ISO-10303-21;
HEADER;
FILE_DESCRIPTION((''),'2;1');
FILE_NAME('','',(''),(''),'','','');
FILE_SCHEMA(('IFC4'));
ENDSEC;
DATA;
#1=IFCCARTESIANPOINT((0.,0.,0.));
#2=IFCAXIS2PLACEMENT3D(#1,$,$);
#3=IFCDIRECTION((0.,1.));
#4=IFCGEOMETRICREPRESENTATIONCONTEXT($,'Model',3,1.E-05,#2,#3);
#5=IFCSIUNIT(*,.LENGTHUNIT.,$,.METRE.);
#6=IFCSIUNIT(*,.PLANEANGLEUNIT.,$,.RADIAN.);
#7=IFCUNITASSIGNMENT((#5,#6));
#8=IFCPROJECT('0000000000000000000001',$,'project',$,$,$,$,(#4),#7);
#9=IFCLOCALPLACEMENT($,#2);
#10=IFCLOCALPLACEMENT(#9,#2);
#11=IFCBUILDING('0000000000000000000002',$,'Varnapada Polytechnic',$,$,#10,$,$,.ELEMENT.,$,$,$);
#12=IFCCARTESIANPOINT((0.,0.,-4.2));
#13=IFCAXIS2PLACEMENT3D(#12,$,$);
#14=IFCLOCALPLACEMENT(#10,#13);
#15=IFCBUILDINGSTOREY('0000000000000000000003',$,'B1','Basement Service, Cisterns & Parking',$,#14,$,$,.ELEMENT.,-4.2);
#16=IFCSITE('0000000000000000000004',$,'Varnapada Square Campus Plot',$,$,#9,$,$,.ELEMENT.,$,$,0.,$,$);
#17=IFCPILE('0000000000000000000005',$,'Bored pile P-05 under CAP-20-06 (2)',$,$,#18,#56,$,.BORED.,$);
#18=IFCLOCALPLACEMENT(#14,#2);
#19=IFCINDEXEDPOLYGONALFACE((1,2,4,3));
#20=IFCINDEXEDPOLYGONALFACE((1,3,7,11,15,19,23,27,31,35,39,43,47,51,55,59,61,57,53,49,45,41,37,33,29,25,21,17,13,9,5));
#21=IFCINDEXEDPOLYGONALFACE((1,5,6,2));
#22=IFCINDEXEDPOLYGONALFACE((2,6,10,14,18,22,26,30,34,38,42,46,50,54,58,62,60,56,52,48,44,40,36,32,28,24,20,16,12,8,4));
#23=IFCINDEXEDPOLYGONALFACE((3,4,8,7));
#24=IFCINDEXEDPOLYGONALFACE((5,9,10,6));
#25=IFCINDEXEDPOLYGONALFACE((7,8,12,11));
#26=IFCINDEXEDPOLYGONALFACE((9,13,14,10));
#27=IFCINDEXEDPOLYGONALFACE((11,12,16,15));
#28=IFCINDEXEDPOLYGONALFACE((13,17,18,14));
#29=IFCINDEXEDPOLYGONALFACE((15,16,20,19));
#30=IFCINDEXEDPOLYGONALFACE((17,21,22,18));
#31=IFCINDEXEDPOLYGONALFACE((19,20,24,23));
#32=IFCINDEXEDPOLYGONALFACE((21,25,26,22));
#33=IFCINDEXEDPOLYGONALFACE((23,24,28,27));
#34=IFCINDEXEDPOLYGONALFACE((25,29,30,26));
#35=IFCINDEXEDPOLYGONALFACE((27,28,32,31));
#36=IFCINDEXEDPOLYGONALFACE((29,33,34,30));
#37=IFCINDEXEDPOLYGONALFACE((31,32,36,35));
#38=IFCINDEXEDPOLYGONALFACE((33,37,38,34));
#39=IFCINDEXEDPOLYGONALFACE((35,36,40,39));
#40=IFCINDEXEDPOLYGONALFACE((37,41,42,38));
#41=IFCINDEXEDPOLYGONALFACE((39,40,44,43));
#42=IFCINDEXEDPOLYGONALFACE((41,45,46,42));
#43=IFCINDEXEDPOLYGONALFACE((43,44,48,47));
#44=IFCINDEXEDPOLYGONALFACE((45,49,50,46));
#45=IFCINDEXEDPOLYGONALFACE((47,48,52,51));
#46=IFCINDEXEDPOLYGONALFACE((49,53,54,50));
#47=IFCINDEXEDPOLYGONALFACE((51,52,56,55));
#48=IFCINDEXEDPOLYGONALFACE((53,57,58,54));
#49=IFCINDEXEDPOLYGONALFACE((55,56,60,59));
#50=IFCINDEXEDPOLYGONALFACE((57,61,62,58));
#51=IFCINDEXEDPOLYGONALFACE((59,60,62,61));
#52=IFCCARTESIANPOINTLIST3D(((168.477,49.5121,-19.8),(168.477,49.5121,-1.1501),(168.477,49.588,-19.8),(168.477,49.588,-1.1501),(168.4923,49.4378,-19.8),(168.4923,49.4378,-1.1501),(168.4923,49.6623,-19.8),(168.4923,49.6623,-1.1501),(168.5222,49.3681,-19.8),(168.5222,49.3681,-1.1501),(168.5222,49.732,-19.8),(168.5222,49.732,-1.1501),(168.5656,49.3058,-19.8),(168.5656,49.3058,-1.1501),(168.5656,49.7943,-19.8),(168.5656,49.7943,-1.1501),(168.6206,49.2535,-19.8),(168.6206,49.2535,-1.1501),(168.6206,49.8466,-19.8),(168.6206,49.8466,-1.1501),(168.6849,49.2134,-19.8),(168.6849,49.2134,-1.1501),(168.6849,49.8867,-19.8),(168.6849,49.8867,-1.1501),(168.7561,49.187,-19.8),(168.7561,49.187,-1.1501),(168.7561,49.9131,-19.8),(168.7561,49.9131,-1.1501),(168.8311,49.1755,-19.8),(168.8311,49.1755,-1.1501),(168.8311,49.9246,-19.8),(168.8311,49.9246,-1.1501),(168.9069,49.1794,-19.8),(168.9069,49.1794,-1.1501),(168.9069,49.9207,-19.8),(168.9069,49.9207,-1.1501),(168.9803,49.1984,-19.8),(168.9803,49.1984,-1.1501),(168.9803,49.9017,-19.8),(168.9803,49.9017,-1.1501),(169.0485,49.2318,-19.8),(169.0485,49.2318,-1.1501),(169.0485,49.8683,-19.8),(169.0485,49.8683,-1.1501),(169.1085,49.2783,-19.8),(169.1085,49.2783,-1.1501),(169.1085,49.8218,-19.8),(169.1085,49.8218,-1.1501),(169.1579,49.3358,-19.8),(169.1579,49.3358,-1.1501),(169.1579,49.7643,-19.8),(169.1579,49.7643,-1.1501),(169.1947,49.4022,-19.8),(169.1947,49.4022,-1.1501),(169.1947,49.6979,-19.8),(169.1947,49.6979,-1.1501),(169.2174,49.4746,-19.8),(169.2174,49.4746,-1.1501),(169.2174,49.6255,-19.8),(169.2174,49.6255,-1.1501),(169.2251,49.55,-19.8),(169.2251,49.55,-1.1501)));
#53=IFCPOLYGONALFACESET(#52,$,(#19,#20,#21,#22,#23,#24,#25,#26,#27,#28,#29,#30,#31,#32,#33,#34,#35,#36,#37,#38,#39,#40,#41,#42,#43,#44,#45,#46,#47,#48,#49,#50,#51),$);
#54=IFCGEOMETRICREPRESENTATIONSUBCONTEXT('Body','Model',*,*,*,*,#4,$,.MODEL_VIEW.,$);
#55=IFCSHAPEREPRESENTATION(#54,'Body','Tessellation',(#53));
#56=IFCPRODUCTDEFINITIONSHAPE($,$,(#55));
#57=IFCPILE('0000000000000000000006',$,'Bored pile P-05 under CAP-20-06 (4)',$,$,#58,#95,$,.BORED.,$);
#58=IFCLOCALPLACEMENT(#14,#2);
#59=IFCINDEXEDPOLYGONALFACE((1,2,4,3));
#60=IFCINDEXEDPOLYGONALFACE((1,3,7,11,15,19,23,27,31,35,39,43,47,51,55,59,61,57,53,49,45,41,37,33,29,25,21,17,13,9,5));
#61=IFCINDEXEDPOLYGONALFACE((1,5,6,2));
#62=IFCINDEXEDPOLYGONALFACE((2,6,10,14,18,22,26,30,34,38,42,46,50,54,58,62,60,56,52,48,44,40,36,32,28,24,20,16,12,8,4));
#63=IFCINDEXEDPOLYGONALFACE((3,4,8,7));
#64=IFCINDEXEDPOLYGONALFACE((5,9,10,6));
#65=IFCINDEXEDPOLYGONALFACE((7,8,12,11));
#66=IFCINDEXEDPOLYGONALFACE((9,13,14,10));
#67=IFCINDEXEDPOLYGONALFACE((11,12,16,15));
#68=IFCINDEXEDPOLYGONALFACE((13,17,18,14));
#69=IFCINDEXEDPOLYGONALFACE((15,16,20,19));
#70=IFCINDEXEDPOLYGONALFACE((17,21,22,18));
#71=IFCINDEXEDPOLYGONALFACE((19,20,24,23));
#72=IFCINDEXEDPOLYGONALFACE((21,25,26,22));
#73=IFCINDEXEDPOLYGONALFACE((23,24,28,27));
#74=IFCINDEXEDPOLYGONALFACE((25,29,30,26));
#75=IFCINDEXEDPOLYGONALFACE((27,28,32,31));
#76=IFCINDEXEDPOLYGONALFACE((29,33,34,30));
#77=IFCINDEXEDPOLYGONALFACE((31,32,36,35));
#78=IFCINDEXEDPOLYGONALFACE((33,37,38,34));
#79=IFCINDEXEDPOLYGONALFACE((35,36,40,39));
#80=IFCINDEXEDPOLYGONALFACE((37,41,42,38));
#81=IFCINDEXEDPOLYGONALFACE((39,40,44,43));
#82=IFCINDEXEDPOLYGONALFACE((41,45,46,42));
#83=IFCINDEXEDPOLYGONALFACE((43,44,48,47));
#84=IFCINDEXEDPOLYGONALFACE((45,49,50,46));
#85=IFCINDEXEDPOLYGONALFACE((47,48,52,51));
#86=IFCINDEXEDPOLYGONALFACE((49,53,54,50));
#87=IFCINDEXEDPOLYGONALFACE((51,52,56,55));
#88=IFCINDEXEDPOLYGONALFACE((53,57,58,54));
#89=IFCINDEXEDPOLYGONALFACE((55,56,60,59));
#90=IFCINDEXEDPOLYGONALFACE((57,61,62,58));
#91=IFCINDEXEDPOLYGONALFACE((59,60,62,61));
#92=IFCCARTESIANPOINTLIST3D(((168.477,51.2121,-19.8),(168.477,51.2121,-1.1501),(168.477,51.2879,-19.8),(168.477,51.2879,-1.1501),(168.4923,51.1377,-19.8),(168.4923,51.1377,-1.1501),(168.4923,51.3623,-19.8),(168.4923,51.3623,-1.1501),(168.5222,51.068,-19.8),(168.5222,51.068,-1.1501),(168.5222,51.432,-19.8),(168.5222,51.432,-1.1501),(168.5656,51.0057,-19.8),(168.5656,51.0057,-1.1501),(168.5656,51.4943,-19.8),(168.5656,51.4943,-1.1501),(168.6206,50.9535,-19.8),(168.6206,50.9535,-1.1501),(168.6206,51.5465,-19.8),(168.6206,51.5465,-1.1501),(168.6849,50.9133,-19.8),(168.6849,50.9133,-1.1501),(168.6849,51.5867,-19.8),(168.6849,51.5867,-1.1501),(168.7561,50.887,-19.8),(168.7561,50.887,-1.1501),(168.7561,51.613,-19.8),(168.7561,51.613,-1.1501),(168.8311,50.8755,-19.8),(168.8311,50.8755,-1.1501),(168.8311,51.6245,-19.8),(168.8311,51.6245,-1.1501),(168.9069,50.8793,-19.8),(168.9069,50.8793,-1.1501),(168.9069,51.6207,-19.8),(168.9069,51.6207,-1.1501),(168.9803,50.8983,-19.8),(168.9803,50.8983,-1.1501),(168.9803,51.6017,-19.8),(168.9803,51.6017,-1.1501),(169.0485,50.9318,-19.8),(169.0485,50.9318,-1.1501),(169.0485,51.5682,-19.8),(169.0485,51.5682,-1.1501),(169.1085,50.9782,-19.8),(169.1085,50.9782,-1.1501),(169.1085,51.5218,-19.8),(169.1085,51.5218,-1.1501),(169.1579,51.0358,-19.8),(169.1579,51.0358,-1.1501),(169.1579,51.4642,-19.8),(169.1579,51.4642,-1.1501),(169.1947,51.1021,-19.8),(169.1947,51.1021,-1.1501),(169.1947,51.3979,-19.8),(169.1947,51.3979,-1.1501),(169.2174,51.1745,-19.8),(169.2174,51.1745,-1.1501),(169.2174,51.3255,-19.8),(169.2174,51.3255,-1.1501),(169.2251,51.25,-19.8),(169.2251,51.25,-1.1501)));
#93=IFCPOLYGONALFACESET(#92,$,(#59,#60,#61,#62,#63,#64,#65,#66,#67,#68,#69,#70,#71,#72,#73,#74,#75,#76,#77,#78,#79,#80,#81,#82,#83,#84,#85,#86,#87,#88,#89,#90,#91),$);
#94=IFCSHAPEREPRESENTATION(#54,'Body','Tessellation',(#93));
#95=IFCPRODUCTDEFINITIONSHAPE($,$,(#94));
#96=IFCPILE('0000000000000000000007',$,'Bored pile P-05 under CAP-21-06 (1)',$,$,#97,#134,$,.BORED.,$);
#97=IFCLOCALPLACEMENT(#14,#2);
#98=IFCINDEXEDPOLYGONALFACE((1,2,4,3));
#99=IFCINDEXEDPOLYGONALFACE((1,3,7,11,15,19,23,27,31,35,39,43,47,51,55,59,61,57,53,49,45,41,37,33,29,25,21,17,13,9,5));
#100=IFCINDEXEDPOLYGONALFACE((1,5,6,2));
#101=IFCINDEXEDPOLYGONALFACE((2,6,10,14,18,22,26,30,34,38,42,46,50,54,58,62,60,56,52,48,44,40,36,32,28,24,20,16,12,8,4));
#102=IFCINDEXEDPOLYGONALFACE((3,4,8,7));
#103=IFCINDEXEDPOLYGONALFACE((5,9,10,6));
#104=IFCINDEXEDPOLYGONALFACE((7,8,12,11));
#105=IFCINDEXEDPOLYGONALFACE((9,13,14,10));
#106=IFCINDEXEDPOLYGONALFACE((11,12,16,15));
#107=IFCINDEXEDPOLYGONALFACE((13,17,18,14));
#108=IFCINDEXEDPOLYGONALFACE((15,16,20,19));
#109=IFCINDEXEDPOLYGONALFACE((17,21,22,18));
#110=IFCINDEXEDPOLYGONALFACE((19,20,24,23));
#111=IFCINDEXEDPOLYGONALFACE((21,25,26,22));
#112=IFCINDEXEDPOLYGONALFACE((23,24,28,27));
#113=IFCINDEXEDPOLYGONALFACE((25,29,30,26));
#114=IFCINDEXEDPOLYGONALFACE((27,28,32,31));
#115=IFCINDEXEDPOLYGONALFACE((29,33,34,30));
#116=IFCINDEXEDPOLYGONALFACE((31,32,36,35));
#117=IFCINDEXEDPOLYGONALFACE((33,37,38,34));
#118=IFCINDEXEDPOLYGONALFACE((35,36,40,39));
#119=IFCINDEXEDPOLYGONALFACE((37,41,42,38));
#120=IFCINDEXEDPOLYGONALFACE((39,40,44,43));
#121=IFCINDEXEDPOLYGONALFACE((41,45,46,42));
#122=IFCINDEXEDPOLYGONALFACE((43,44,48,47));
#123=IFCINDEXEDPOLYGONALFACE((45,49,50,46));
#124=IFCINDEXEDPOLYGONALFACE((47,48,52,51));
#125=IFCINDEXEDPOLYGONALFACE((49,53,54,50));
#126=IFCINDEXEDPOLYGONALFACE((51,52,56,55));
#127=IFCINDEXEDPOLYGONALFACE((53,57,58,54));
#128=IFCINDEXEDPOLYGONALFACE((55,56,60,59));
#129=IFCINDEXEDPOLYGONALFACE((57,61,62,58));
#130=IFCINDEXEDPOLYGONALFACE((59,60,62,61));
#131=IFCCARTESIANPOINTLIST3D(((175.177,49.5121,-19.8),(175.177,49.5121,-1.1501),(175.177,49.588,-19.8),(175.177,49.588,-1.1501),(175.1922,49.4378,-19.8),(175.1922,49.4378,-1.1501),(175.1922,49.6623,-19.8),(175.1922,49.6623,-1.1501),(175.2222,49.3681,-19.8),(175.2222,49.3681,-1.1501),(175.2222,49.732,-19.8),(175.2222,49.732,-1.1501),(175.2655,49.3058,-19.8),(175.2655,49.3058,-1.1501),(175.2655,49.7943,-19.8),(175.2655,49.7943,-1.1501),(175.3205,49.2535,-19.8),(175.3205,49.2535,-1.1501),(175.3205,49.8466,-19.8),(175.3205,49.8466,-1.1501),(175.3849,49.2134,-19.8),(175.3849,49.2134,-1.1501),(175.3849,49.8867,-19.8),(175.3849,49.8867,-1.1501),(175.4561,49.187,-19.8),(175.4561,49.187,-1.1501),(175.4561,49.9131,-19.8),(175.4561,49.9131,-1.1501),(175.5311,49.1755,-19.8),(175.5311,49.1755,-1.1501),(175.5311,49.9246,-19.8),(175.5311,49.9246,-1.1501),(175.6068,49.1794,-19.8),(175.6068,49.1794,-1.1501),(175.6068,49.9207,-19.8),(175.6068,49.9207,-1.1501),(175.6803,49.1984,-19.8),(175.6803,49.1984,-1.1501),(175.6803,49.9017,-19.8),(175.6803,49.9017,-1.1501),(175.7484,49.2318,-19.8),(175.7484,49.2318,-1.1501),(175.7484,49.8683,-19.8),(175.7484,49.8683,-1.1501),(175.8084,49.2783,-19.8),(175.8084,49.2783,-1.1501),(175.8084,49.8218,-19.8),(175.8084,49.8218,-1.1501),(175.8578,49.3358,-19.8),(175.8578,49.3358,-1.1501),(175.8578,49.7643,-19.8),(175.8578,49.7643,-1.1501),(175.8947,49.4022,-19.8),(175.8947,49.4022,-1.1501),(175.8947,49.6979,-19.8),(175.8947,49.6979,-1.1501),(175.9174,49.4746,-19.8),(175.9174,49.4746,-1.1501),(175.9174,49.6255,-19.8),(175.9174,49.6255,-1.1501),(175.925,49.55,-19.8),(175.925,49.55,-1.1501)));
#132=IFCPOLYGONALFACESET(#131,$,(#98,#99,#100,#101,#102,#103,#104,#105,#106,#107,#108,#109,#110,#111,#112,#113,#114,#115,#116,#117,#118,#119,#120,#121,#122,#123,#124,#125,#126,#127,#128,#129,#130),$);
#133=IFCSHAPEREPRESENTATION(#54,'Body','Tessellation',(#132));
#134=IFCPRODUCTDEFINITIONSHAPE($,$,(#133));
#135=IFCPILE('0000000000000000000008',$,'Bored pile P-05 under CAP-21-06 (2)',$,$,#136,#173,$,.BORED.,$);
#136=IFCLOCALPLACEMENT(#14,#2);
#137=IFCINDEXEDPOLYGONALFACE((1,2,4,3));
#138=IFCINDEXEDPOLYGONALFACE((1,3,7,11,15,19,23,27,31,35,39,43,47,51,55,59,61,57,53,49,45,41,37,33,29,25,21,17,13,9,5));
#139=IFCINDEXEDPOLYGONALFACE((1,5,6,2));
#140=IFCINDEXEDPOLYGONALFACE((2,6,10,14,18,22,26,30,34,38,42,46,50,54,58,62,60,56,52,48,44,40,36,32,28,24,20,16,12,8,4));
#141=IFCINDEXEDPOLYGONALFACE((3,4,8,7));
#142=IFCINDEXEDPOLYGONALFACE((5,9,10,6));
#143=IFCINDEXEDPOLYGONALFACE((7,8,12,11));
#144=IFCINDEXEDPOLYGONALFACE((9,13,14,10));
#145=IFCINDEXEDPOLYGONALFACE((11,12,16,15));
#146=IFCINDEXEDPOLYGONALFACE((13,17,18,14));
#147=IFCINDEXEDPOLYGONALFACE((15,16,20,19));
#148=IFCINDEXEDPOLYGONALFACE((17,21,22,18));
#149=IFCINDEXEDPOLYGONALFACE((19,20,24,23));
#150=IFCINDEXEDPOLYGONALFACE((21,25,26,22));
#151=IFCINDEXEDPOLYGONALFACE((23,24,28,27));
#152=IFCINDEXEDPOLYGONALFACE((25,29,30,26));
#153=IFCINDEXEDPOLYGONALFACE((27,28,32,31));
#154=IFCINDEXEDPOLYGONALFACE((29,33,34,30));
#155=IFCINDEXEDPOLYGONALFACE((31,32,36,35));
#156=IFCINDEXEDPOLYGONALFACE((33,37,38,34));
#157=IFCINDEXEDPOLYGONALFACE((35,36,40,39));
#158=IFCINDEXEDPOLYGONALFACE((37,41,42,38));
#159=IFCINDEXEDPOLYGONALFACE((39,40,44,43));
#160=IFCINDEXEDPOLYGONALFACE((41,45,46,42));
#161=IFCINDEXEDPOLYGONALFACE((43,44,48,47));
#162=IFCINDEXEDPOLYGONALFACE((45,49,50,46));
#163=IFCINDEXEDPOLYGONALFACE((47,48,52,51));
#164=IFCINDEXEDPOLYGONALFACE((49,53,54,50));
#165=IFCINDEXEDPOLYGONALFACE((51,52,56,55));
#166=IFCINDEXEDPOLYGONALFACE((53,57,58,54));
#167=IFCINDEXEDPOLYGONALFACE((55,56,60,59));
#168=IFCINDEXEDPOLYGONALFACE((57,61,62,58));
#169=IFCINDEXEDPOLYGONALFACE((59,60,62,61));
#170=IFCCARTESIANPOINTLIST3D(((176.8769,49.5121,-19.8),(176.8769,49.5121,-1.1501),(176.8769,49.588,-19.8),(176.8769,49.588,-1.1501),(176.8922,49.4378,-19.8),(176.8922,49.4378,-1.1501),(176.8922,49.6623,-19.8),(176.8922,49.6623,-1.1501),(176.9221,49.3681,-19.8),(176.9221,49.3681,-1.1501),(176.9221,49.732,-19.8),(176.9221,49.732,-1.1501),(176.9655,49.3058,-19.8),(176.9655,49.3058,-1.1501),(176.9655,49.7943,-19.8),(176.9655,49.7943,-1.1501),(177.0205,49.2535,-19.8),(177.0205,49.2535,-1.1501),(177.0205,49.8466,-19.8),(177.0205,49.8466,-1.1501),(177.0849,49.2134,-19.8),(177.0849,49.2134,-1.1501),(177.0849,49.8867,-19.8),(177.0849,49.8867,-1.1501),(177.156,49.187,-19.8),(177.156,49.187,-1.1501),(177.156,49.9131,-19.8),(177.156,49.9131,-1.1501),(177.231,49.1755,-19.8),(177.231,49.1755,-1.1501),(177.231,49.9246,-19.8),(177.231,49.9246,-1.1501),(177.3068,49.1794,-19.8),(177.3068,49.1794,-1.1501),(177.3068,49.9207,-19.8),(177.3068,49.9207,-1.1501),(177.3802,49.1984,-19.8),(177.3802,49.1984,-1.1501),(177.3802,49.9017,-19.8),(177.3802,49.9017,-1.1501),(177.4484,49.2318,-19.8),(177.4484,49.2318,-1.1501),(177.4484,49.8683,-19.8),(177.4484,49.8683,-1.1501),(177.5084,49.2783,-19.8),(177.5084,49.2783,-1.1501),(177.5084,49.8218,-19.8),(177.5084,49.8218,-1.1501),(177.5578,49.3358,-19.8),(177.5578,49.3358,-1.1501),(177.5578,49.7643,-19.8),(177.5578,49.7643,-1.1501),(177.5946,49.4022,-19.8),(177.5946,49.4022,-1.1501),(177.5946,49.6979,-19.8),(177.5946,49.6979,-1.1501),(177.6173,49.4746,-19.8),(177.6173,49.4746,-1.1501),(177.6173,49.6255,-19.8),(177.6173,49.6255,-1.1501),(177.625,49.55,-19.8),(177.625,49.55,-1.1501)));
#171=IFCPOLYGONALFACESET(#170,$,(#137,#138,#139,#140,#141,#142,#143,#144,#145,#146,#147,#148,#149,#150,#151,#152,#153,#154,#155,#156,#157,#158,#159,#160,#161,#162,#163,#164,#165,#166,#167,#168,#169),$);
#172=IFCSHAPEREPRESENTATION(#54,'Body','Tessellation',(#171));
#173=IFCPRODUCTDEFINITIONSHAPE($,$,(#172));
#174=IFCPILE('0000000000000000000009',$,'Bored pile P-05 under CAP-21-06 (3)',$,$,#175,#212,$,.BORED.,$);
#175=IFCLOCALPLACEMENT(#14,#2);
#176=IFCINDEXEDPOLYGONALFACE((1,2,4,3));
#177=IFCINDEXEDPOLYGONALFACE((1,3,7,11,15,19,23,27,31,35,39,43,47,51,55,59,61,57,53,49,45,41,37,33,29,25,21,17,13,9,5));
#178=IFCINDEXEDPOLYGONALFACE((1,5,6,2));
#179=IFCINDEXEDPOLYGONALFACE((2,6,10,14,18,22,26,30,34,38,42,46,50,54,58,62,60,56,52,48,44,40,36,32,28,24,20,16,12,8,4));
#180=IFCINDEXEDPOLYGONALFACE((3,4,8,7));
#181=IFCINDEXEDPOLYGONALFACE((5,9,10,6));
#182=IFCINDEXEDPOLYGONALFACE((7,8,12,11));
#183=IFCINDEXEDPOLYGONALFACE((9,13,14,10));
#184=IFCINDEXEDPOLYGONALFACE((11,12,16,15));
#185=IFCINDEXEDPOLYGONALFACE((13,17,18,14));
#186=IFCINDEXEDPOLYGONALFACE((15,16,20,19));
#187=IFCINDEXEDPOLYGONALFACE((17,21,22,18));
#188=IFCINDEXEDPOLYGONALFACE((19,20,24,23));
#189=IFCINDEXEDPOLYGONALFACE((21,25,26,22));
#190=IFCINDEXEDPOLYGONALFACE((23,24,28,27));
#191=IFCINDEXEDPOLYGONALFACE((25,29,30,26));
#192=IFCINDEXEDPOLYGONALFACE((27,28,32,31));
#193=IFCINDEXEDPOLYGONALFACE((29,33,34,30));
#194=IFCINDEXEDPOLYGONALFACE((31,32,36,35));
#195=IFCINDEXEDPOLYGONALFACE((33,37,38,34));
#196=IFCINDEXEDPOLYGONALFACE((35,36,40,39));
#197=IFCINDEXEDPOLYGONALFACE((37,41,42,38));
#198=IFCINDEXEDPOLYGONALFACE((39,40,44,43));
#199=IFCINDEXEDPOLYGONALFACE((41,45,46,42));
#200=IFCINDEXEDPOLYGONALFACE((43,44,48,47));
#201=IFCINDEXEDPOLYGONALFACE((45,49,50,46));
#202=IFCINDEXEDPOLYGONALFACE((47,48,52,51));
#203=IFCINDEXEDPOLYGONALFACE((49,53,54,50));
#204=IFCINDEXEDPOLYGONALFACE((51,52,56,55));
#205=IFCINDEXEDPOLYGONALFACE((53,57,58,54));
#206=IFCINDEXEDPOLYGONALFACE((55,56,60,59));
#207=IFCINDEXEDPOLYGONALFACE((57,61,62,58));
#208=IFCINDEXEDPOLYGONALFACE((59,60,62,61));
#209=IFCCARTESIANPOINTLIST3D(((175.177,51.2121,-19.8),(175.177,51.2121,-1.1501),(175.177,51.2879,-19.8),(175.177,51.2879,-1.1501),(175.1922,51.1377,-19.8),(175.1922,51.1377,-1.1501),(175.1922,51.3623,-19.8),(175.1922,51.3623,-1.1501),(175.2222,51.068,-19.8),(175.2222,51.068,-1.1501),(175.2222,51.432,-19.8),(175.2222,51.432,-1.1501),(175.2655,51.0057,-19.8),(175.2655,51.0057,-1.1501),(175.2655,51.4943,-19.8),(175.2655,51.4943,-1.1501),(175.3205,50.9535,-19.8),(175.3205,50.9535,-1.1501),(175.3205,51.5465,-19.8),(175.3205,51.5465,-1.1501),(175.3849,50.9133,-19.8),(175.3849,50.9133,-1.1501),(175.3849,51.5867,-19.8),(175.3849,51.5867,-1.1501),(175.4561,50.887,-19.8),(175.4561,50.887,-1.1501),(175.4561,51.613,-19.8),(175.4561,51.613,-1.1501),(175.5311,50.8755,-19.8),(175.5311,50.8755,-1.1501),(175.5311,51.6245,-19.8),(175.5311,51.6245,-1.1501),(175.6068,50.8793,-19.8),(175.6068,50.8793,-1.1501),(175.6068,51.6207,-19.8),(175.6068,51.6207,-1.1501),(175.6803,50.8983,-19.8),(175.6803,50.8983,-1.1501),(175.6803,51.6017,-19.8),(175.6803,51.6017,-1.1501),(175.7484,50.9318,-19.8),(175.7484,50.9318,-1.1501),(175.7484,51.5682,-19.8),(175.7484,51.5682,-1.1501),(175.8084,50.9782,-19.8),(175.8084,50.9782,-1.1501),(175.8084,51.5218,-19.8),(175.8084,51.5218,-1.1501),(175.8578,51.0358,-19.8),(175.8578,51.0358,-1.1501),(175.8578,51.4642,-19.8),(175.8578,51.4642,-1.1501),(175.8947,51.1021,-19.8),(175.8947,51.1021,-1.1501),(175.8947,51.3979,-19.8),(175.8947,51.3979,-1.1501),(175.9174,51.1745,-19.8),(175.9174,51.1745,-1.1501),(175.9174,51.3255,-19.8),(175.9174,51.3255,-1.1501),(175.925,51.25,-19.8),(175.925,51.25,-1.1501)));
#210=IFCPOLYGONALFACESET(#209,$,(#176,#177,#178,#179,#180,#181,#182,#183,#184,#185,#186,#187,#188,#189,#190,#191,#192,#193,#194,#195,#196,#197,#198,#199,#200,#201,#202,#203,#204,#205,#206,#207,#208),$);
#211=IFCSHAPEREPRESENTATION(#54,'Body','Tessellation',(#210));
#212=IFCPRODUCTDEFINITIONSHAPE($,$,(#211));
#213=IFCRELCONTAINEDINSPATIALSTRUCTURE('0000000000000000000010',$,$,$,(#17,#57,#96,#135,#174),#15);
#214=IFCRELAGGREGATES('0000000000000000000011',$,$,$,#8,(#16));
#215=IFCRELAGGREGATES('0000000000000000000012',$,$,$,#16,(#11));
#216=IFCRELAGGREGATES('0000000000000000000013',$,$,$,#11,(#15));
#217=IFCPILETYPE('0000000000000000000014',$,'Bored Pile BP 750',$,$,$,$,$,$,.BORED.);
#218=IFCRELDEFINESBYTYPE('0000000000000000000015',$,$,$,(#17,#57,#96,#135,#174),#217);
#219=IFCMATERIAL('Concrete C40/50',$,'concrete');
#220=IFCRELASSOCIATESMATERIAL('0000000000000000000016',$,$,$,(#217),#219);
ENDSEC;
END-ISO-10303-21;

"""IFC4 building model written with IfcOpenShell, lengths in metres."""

from ifc_helpers import new_model, si_unit, direction, frame, origin, origin_2d, place, context, subcontext, project, spatial, circle, extrude, material, material_profile, profile_set, type_object, element, save


model = new_model("IFC4")

# Units and contexts
model_context = context("Model", 3, precision=1e-05, world=origin(), true_north=direction((0.0, 1.0)))
body_context = subcontext(model_context, "Body", "Model", "MODEL_VIEW")
ifc_project = project(units=[si_unit("LENGTHUNIT", "METRE"), si_unit("PLANEANGLEUNIT", "RADIAN")], contexts=[model_context])

# Site, building, storey
site_placement = place(None, origin())
site = spatial("IfcSite", under=ifc_project, at=site_placement, Name="Varnapada Square Campus Plot", CompositionType="ELEMENT", RefElevation=0.0)
building_placement = place(site_placement, origin())
building = spatial("IfcBuilding", under=site, at=building_placement, Name="Varnapada Polytechnic", CompositionType="ELEMENT")
storey_placement = place(building_placement, frame((0.0, 0.0, -4.2)))
storey = spatial("IfcBuildingStorey", under=building, at=storey_placement, Name="B1", Description="Basement Service, Cisterns & Parking", CompositionType="ELEMENT", Elevation=-4.2)

# Piles
ifc_material = material(Name="Concrete C40/50", Category="concrete")
ifc_material_profile_1 = material_profile(ifc_material, circle(Radius=0.375, at=origin_2d()), Name="BP 750")
ifc_profile_set_1 = profile_set([ifc_material_profile_1], Name="Concrete C40/50")
pile_type_1 = type_object("IfcPileType", Name="Bored Pile BP 750", PredefinedType="BORED", material=ifc_profile_set_1)
for number, where, z_axis, x_axis, name in (
    (1, (168.8501, 49.55, -1.1501), (0.0, 0.0, -1.0), (1.0, 0.0, 0.0), "Bored pile P-05 under CAP-20-06 (2)"),
    (2, (168.8501, 51.25, -1.1501), (0.0, 0.0, -1.0), (1.0, 0.0, 0.0), "Bored pile P-05 under CAP-20-06 (4)"),
    (3, (175.55, 49.55, -1.1501), (0.0, 0.0, -1.0), (1.0, 0.0, 0.0), "Bored pile P-05 under CAP-21-06 (1)"),
    (4, (177.25, 49.55, -1.1501), (0.0, 0.0, -1.0), (1.0, 0.0, 0.0), "Bored pile P-05 under CAP-21-06 (2)"),
    (5, (175.55, 51.25, -1.1501), (0.0, 0.0, -1.0), (1.0, 0.0, 0.0), "Bored pile P-05 under CAP-21-06 (3)"),
):
    element("IfcPile", number, at=place(storey_placement, frame(where, z_axis=z_axis, x_axis=x_axis)), inside=storey, type_object=pile_type_1, Name=name, PredefinedType="BORED", context=body_context, shape_type="SweptSolid", body=[
        extrude(circle(Radius=0.375, at=origin_2d()), origin(), (0.0, 0.0, 1.0), 18.6499),
    ])

save(model, "model.ifc")
